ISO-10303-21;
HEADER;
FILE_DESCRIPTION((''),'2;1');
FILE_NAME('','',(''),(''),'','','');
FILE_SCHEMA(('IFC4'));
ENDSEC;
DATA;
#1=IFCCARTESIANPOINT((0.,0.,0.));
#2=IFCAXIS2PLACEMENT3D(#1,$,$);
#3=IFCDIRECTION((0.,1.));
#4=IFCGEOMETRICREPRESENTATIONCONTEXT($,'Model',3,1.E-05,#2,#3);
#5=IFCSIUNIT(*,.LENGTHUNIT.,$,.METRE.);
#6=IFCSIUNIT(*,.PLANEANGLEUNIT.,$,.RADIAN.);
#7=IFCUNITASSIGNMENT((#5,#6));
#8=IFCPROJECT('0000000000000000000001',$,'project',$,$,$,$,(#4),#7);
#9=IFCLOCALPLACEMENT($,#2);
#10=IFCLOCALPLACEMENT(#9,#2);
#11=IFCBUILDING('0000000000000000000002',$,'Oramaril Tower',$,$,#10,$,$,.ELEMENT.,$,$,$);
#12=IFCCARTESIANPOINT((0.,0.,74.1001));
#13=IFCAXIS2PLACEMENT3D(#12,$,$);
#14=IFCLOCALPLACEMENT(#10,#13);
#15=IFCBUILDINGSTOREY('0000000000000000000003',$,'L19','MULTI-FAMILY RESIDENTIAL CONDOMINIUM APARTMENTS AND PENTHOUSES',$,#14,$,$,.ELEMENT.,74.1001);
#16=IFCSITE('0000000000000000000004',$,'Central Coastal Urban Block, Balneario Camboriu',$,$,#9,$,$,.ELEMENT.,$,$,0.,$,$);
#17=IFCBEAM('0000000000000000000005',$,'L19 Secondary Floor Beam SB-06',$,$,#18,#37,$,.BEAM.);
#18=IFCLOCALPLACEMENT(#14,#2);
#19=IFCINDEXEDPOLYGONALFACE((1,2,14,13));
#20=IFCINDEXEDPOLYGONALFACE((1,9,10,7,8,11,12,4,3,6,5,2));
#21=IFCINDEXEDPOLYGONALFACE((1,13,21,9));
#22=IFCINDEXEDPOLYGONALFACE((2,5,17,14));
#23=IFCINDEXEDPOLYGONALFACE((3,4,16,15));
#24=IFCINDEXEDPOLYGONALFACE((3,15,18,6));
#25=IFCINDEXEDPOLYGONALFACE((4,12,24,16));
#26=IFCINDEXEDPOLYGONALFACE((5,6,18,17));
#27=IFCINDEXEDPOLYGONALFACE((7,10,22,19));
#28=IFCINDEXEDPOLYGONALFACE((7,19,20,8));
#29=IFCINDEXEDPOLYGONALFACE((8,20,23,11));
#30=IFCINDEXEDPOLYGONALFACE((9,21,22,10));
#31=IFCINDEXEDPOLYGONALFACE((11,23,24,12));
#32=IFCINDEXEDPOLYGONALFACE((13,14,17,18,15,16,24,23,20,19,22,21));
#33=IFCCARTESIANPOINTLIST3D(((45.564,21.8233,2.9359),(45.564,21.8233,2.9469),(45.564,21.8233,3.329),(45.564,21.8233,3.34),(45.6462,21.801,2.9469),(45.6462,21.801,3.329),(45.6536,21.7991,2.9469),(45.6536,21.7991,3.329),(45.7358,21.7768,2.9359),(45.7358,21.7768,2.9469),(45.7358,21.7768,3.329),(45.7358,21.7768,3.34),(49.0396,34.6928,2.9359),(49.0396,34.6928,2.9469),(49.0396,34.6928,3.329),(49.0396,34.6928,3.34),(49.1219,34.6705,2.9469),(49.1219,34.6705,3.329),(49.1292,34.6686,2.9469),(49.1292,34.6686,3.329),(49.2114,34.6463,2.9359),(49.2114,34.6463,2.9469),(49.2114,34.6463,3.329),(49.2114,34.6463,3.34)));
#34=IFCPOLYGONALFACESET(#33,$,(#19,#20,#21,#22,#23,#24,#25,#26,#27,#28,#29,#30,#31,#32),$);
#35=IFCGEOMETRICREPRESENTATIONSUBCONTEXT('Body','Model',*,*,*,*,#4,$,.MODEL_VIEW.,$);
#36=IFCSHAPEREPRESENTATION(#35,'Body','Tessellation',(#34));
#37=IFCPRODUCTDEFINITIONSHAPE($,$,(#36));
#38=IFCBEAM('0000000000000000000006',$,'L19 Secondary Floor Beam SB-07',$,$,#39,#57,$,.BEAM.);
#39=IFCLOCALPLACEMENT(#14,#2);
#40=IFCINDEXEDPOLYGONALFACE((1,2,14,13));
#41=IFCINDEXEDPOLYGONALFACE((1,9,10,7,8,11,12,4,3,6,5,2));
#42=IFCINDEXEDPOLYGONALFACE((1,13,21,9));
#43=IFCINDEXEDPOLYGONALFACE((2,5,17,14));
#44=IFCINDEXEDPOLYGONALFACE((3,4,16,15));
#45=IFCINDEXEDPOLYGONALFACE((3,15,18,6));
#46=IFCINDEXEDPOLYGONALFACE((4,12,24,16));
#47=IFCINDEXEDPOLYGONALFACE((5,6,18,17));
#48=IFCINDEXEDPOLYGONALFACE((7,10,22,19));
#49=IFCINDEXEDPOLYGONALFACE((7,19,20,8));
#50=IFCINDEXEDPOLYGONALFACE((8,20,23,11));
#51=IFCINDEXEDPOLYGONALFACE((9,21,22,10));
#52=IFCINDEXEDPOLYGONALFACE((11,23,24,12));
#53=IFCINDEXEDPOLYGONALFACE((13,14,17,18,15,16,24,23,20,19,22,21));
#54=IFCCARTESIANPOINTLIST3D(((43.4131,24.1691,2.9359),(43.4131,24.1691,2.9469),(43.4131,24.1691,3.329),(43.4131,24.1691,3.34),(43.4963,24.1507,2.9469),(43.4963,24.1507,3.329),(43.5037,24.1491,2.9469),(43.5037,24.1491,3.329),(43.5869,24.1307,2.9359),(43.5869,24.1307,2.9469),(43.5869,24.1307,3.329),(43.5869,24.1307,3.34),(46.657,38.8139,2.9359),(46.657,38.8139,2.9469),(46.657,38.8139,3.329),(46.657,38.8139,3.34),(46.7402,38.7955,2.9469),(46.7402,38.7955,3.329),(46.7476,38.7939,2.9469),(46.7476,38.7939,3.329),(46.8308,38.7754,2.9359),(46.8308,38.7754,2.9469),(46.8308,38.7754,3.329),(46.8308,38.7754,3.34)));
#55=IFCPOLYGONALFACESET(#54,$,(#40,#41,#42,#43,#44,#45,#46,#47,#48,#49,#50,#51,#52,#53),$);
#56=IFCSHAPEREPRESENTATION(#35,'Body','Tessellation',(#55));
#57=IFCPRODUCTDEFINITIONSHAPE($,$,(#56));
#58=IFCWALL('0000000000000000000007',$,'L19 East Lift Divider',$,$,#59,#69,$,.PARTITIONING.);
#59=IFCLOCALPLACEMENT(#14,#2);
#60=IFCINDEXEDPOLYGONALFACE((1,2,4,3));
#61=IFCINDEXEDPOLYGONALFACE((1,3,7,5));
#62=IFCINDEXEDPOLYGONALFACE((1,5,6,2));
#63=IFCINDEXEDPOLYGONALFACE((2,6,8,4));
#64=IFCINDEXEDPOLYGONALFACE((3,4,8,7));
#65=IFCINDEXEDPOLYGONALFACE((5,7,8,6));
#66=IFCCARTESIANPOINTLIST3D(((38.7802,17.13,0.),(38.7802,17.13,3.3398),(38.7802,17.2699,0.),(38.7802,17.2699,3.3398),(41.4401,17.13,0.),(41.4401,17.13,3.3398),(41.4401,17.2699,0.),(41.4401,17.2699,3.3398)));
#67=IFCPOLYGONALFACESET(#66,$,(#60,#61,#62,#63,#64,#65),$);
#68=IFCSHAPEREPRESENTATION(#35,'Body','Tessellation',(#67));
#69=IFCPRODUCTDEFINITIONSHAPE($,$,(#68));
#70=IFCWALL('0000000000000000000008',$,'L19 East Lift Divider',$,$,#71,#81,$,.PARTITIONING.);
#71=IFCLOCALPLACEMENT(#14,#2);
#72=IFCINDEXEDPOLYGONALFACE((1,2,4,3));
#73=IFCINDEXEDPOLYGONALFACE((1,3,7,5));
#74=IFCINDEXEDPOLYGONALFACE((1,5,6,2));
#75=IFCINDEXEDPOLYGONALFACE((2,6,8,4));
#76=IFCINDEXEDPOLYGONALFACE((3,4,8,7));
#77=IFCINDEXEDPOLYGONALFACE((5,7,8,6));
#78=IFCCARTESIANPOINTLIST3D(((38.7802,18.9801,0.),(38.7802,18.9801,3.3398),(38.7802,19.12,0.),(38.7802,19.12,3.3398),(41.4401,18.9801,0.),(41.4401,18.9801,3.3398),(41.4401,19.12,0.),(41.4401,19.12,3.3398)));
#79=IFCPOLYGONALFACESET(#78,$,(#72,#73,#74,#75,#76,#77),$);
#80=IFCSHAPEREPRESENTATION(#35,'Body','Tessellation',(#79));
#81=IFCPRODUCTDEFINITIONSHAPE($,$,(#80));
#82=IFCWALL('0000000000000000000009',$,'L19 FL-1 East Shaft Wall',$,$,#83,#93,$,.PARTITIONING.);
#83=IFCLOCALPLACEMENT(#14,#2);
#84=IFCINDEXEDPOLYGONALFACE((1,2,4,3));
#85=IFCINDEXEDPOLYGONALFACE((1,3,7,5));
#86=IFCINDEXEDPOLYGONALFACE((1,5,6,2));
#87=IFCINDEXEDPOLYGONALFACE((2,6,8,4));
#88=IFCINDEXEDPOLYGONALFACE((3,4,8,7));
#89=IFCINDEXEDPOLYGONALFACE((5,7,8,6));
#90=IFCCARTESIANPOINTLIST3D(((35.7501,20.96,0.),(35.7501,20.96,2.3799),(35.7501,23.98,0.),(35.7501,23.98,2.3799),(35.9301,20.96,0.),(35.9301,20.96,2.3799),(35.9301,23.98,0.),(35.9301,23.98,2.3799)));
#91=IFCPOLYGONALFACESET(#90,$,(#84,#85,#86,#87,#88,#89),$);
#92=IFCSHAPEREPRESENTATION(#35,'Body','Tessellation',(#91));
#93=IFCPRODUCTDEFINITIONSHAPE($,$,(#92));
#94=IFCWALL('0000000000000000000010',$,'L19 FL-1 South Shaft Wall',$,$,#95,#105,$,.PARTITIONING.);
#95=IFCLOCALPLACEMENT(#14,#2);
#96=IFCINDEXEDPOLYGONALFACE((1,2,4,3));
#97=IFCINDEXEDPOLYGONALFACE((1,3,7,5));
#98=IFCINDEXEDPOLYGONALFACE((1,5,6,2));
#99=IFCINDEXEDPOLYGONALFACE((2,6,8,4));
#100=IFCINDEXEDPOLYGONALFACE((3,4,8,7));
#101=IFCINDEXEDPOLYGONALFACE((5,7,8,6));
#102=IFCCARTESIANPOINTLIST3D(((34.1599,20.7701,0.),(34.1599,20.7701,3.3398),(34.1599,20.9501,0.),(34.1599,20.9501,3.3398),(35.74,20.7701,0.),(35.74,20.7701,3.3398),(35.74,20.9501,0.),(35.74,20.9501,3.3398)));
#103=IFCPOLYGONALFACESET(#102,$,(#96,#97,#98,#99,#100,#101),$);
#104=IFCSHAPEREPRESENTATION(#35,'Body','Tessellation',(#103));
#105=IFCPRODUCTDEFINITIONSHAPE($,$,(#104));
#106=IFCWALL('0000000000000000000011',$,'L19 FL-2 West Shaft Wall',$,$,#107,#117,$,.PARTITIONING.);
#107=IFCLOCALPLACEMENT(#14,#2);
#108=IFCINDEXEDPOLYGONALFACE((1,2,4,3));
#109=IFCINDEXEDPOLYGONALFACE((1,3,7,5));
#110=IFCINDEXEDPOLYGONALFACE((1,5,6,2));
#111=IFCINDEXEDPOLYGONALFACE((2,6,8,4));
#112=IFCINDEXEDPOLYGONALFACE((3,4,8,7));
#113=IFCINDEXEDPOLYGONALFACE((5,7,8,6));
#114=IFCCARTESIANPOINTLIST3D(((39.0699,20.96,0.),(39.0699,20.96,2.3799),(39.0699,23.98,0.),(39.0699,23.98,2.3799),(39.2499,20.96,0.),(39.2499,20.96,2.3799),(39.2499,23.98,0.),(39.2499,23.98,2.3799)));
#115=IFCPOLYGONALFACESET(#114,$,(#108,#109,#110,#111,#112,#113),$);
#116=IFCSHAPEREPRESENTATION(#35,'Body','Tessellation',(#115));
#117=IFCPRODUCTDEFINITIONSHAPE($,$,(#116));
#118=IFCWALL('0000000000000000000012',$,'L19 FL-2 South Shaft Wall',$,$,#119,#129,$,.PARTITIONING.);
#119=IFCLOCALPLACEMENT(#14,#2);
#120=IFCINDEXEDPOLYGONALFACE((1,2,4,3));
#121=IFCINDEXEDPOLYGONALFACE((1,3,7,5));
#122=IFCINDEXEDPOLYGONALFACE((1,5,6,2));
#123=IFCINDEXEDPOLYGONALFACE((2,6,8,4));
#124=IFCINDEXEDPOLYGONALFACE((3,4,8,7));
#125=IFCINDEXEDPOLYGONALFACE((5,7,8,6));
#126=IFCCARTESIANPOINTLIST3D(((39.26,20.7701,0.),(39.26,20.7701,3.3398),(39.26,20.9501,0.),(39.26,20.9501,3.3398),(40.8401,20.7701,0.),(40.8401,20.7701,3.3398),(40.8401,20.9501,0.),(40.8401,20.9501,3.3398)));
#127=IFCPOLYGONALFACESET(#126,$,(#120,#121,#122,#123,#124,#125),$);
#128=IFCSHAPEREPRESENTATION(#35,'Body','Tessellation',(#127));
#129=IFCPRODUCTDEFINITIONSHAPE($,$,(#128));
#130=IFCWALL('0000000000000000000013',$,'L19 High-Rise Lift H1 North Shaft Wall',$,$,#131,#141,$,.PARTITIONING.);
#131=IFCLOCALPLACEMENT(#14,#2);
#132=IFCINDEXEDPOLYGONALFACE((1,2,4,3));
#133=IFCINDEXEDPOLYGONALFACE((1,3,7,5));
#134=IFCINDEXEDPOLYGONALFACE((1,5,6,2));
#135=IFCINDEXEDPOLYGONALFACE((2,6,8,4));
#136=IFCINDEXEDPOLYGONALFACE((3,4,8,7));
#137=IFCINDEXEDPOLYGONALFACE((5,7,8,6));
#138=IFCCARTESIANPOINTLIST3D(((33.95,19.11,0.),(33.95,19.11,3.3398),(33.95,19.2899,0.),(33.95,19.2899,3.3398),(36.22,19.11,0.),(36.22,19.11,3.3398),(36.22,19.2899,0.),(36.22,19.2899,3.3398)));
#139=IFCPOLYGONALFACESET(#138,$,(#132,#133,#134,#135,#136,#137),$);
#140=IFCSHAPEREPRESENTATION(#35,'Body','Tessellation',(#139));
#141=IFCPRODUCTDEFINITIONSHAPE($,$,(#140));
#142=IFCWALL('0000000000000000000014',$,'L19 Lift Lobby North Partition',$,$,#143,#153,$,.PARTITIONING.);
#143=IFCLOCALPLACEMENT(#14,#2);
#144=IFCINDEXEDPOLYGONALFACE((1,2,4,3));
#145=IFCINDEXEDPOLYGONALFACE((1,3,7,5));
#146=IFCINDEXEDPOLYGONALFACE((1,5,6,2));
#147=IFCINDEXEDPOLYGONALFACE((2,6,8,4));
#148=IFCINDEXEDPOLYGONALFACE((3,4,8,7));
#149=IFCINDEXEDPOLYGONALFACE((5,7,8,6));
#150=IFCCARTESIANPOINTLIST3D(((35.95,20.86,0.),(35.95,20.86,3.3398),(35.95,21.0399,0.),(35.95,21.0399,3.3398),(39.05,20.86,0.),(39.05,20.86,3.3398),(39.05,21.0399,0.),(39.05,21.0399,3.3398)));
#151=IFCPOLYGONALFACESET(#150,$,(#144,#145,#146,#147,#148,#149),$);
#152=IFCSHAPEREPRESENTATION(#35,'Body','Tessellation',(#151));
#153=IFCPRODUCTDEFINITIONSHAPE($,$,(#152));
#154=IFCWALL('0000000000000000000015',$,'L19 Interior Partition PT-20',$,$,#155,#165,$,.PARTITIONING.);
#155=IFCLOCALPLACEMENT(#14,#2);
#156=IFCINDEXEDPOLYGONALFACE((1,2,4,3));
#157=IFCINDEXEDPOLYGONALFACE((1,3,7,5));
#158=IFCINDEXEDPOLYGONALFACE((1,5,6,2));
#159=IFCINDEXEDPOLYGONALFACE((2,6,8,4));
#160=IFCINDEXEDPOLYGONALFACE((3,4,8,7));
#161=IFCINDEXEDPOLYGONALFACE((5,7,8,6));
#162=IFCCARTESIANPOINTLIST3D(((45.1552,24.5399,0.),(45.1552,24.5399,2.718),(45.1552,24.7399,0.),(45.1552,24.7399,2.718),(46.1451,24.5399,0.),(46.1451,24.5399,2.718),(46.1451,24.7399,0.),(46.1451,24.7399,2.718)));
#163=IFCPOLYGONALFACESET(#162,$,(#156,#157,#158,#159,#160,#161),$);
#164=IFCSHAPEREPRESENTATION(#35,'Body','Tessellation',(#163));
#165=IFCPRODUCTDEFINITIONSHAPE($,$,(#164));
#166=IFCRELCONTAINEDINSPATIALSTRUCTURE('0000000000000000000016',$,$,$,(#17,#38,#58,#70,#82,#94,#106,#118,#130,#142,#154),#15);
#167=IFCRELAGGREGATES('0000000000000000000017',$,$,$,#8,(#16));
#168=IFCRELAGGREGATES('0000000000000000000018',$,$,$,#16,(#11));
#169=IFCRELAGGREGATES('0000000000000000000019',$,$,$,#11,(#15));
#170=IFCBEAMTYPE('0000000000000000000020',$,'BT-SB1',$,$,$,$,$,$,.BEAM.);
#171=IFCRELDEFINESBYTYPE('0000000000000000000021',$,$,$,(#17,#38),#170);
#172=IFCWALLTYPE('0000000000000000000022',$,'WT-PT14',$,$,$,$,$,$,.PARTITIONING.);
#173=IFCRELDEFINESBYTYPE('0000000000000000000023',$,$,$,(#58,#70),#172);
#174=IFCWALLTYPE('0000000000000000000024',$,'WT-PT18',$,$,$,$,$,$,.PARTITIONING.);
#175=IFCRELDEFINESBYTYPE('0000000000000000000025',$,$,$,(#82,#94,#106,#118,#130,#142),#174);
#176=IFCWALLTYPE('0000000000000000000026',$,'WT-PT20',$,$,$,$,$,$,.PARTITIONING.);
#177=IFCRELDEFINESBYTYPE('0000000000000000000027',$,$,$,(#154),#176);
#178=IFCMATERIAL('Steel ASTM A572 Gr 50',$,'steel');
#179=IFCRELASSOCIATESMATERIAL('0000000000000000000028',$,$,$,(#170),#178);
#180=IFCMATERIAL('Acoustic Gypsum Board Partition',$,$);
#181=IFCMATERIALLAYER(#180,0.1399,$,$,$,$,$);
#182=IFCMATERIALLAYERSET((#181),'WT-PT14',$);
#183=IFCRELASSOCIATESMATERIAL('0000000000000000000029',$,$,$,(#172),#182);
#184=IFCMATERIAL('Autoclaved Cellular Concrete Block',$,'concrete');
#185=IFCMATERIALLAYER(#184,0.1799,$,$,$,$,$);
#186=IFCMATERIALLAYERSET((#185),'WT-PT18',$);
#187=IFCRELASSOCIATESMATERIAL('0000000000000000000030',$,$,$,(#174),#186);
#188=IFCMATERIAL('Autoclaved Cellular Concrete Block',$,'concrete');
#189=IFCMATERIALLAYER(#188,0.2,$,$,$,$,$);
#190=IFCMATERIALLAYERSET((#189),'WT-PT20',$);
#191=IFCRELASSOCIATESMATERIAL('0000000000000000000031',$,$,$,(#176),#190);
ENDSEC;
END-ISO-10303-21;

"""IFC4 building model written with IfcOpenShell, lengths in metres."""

from ifc_helpers import new_model, si_unit, direction, frame, frame_2d, origin, origin_2d, place, context, subcontext, project, spatial, rectangle, i_section, extrude, material, layer, layer_set, material_profile, profile_set, type_object, element, save


model = new_model("IFC4")

# Units and contexts
model_context = context("Model", 3, precision=1e-05, world=origin(), true_north=direction((0.0, 1.0)))
body_context = subcontext(model_context, "Body", "Model", "MODEL_VIEW")
ifc_project = project(units=[si_unit("LENGTHUNIT", "METRE"), si_unit("PLANEANGLEUNIT", "RADIAN")], contexts=[model_context])

# Site, building, storey
site_placement = place(None, origin())
site = spatial("IfcSite", under=ifc_project, at=site_placement, Name="Central Coastal Urban Block, Balneario Camboriu", CompositionType="ELEMENT", RefElevation=0.0)
building_placement = place(site_placement, origin())
building = spatial("IfcBuilding", under=site, at=building_placement, Name="Oramaril Tower", CompositionType="ELEMENT")
storey_placement = place(building_placement, frame((0.0, 0.0, 74.1001)))
storey = spatial("IfcBuildingStorey", under=building, at=storey_placement, Name="L19", Description="MULTI-FAMILY RESIDENTIAL CONDOMINIUM APARTMENTS AND PENTHOUSES", CompositionType="ELEMENT", Elevation=74.1001)

# Beams
ifc_material_1 = material(Name="Steel ASTM A572 Gr 50", Category="steel")
ifc_material_profile = material_profile(ifc_material_1, i_section(OverallWidth=0.178, OverallDepth=0.4041, WebThickness=0.0076, FlangeThickness=0.011, at=origin_2d()), Name="W16X36")
ifc_profile_set = profile_set([ifc_material_profile], Name="Steel ASTM A572 Gr 50")
beam_type = type_object("IfcBeamType", Name="BT-SB1", PredefinedType="BEAM", material=ifc_profile_set)
beam_1_placement = place(storey_placement, frame((45.6499, 21.8, 3.1379), z_axis=(0.260725, 0.965413, 0.0), x_axis=(-0.965413, 0.260725, 0.0)))
element("IfcBeam", 1, at=beam_1_placement, inside=storey, type_object=beam_type, Name="L19 Secondary Floor Beam SB-06", PredefinedType="BEAM", context=body_context, shape_type="SweptSolid", body=[
    extrude(i_section(OverallWidth=0.178, OverallDepth=0.4041, WebThickness=0.0076, FlangeThickness=0.011, at=origin_2d()), origin(), (0.0, 0.0, 1.0), 13.3306),
])
beam_2_placement = place(storey_placement, frame((43.5, 24.1499, 3.1379), z_axis=(0.216263, 0.976335, 0.0), x_axis=(-0.976335, 0.216263, 0.0)))
element("IfcBeam", 2, at=beam_2_placement, inside=storey, type_object=beam_type, Name="L19 Secondary Floor Beam SB-07", PredefinedType="BEAM", context=body_context, shape_type="SweptSolid", body=[
    extrude(i_section(OverallWidth=0.178, OverallDepth=0.4041, WebThickness=0.0076, FlangeThickness=0.011, at=origin_2d()), origin(), (0.0, 0.0, 1.0), 14.9998),
])

# Walls
ifc_material_2 = material(Name="Acoustic Gypsum Board Partition")
ifc_layer_1 = layer(ifc_material_2, 0.1399)
ifc_layer_set_1 = layer_set([ifc_layer_1], Name="WT-PT14")
wall_type_1 = type_object("IfcWallType", Name="WT-PT14", PredefinedType="PARTITIONING", material=ifc_layer_set_1)
for number, where, z_axis, x_axis, name in (
    (3, (38.78, 17.2, 0.0), (0.0, 0.0, 1.0), (1.0, 0.0, 0.0), "L19 East Lift Divider"),
    (4, (38.78, 19.05, 0.0), (0.0, 0.0, 1.0), (1.0, 0.0, 0.0), "L19 East Lift Divider"),
):
    element("IfcWall", number, at=place(storey_placement, frame(where, z_axis=z_axis, x_axis=x_axis)), inside=storey, type_object=wall_type_1, Name=name, PredefinedType="PARTITIONING", context=body_context, shape_type="SweptSolid", body=[
        extrude(rectangle(XDim=2.6599, YDim=0.1399, at=frame_2d((1.3301, 0.0))), origin(), (0.0, 0.0, 1.0), 3.3398),
    ])
ifc_material_3 = material(Name="Autoclaved Cellular Concrete Block", Category="concrete")
ifc_layer_2 = layer(ifc_material_3, 0.1799)
ifc_layer_set_2 = layer_set([ifc_layer_2], Name="WT-PT18")
wall_type_2 = type_object("IfcWallType", Name="WT-PT18", PredefinedType="PARTITIONING", material=ifc_layer_set_2)
wall_1_placement = place(storey_placement, frame((35.8401, 20.96, 0.0), z_axis=(0.0, 0.0, 1.0), x_axis=(0.0, 1.0, 0.0)))
element("IfcWall", 5, at=wall_1_placement, inside=storey, type_object=wall_type_2, Name="L19 FL-1 East Shaft Wall", PredefinedType="PARTITIONING", context=body_context, shape_type="SweptSolid", body=[
    extrude(rectangle(XDim=3.02, YDim=0.1799, at=frame_2d((1.51, 0.0))), origin(), (0.0, 0.0, 1.0), 2.3799),
])
wall_2_placement = place(storey_placement, frame((34.1599, 20.8601, 0.0), z_axis=(0.0, 0.0, 1.0), x_axis=(1.0, 0.0, 0.0)))
element("IfcWall", 6, at=wall_2_placement, inside=storey, type_object=wall_type_2, Name="L19 FL-1 South Shaft Wall", PredefinedType="PARTITIONING", context=body_context, shape_type="SweptSolid", body=[
    extrude(rectangle(XDim=1.5801, YDim=0.1799, at=frame_2d((0.79, 0.0))), origin(), (0.0, 0.0, 1.0), 3.3398),
])
wall_3_placement = place(storey_placement, frame((39.1599, 20.96, 0.0), z_axis=(0.0, 0.0, 1.0), x_axis=(0.0, 1.0, 0.0)))
element("IfcWall", 7, at=wall_3_placement, inside=storey, type_object=wall_type_2, Name="L19 FL-2 West Shaft Wall", PredefinedType="PARTITIONING", context=body_context, shape_type="SweptSolid", body=[
    extrude(rectangle(XDim=3.02, YDim=0.1799, at=frame_2d((1.51, 0.0))), origin(), (0.0, 0.0, 1.0), 2.3799),
])
wall_4_placement = place(storey_placement, frame((39.26, 20.8601, 0.0), z_axis=(0.0, 0.0, 1.0), x_axis=(1.0, 0.0, 0.0)))
element("IfcWall", 8, at=wall_4_placement, inside=storey, type_object=wall_type_2, Name="L19 FL-2 South Shaft Wall", PredefinedType="PARTITIONING", context=body_context, shape_type="SweptSolid", body=[
    extrude(rectangle(XDim=1.5801, YDim=0.1799, at=frame_2d((0.79, 0.0))), origin(), (0.0, 0.0, 1.0), 3.3398),
])
wall_5_placement = place(storey_placement, frame((33.95, 19.2, 0.0), z_axis=(0.0, 0.0, 1.0), x_axis=(1.0, 0.0, 0.0)))
element("IfcWall", 9, at=wall_5_placement, inside=storey, type_object=wall_type_2, Name="L19 High-Rise Lift H1 North Shaft Wall", PredefinedType="PARTITIONING", context=body_context, shape_type="SweptSolid", body=[
    extrude(rectangle(XDim=2.27, YDim=0.1799, at=frame_2d((1.135, 0.0))), origin(), (0.0, 0.0, 1.0), 3.3398),
])
wall_6_placement = place(storey_placement, frame((35.95, 20.95, 0.0), z_axis=(0.0, 0.0, 1.0), x_axis=(1.0, 0.0, 0.0)))
element("IfcWall", 10, at=wall_6_placement, inside=storey, type_object=wall_type_2, Name="L19 Lift Lobby North Partition", PredefinedType="PARTITIONING", context=body_context, shape_type="SweptSolid", body=[
    extrude(rectangle(XDim=3.1001, YDim=0.1799, at=frame_2d((1.55, 0.0))), origin(), (0.0, 0.0, 1.0), 3.3398),
])
ifc_material_4 = material(Name="Autoclaved Cellular Concrete Block", Category="concrete")
ifc_layer_3 = layer(ifc_material_4, 0.2)
ifc_layer_set_3 = layer_set([ifc_layer_3], Name="WT-PT20")
wall_type_3 = type_object("IfcWallType", Name="WT-PT20", PredefinedType="PARTITIONING", material=ifc_layer_set_3)
wall_7_placement = place(storey_placement, frame((45.155, 24.6399, 0.0), z_axis=(0.0, 0.0, 1.0), x_axis=(1.0, 0.0, 0.0)))
element("IfcWall", 11, at=wall_7_placement, inside=storey, type_object=wall_type_3, Name="L19 Interior Partition PT-20", PredefinedType="PARTITIONING", context=body_context, shape_type="SweptSolid", body=[
    extrude(rectangle(XDim=0.99, YDim=0.2, at=frame_2d((0.4951, 0.0))), origin(), (0.0, 0.0, 1.0), 2.718),
])

save(model, "model.ifc")
